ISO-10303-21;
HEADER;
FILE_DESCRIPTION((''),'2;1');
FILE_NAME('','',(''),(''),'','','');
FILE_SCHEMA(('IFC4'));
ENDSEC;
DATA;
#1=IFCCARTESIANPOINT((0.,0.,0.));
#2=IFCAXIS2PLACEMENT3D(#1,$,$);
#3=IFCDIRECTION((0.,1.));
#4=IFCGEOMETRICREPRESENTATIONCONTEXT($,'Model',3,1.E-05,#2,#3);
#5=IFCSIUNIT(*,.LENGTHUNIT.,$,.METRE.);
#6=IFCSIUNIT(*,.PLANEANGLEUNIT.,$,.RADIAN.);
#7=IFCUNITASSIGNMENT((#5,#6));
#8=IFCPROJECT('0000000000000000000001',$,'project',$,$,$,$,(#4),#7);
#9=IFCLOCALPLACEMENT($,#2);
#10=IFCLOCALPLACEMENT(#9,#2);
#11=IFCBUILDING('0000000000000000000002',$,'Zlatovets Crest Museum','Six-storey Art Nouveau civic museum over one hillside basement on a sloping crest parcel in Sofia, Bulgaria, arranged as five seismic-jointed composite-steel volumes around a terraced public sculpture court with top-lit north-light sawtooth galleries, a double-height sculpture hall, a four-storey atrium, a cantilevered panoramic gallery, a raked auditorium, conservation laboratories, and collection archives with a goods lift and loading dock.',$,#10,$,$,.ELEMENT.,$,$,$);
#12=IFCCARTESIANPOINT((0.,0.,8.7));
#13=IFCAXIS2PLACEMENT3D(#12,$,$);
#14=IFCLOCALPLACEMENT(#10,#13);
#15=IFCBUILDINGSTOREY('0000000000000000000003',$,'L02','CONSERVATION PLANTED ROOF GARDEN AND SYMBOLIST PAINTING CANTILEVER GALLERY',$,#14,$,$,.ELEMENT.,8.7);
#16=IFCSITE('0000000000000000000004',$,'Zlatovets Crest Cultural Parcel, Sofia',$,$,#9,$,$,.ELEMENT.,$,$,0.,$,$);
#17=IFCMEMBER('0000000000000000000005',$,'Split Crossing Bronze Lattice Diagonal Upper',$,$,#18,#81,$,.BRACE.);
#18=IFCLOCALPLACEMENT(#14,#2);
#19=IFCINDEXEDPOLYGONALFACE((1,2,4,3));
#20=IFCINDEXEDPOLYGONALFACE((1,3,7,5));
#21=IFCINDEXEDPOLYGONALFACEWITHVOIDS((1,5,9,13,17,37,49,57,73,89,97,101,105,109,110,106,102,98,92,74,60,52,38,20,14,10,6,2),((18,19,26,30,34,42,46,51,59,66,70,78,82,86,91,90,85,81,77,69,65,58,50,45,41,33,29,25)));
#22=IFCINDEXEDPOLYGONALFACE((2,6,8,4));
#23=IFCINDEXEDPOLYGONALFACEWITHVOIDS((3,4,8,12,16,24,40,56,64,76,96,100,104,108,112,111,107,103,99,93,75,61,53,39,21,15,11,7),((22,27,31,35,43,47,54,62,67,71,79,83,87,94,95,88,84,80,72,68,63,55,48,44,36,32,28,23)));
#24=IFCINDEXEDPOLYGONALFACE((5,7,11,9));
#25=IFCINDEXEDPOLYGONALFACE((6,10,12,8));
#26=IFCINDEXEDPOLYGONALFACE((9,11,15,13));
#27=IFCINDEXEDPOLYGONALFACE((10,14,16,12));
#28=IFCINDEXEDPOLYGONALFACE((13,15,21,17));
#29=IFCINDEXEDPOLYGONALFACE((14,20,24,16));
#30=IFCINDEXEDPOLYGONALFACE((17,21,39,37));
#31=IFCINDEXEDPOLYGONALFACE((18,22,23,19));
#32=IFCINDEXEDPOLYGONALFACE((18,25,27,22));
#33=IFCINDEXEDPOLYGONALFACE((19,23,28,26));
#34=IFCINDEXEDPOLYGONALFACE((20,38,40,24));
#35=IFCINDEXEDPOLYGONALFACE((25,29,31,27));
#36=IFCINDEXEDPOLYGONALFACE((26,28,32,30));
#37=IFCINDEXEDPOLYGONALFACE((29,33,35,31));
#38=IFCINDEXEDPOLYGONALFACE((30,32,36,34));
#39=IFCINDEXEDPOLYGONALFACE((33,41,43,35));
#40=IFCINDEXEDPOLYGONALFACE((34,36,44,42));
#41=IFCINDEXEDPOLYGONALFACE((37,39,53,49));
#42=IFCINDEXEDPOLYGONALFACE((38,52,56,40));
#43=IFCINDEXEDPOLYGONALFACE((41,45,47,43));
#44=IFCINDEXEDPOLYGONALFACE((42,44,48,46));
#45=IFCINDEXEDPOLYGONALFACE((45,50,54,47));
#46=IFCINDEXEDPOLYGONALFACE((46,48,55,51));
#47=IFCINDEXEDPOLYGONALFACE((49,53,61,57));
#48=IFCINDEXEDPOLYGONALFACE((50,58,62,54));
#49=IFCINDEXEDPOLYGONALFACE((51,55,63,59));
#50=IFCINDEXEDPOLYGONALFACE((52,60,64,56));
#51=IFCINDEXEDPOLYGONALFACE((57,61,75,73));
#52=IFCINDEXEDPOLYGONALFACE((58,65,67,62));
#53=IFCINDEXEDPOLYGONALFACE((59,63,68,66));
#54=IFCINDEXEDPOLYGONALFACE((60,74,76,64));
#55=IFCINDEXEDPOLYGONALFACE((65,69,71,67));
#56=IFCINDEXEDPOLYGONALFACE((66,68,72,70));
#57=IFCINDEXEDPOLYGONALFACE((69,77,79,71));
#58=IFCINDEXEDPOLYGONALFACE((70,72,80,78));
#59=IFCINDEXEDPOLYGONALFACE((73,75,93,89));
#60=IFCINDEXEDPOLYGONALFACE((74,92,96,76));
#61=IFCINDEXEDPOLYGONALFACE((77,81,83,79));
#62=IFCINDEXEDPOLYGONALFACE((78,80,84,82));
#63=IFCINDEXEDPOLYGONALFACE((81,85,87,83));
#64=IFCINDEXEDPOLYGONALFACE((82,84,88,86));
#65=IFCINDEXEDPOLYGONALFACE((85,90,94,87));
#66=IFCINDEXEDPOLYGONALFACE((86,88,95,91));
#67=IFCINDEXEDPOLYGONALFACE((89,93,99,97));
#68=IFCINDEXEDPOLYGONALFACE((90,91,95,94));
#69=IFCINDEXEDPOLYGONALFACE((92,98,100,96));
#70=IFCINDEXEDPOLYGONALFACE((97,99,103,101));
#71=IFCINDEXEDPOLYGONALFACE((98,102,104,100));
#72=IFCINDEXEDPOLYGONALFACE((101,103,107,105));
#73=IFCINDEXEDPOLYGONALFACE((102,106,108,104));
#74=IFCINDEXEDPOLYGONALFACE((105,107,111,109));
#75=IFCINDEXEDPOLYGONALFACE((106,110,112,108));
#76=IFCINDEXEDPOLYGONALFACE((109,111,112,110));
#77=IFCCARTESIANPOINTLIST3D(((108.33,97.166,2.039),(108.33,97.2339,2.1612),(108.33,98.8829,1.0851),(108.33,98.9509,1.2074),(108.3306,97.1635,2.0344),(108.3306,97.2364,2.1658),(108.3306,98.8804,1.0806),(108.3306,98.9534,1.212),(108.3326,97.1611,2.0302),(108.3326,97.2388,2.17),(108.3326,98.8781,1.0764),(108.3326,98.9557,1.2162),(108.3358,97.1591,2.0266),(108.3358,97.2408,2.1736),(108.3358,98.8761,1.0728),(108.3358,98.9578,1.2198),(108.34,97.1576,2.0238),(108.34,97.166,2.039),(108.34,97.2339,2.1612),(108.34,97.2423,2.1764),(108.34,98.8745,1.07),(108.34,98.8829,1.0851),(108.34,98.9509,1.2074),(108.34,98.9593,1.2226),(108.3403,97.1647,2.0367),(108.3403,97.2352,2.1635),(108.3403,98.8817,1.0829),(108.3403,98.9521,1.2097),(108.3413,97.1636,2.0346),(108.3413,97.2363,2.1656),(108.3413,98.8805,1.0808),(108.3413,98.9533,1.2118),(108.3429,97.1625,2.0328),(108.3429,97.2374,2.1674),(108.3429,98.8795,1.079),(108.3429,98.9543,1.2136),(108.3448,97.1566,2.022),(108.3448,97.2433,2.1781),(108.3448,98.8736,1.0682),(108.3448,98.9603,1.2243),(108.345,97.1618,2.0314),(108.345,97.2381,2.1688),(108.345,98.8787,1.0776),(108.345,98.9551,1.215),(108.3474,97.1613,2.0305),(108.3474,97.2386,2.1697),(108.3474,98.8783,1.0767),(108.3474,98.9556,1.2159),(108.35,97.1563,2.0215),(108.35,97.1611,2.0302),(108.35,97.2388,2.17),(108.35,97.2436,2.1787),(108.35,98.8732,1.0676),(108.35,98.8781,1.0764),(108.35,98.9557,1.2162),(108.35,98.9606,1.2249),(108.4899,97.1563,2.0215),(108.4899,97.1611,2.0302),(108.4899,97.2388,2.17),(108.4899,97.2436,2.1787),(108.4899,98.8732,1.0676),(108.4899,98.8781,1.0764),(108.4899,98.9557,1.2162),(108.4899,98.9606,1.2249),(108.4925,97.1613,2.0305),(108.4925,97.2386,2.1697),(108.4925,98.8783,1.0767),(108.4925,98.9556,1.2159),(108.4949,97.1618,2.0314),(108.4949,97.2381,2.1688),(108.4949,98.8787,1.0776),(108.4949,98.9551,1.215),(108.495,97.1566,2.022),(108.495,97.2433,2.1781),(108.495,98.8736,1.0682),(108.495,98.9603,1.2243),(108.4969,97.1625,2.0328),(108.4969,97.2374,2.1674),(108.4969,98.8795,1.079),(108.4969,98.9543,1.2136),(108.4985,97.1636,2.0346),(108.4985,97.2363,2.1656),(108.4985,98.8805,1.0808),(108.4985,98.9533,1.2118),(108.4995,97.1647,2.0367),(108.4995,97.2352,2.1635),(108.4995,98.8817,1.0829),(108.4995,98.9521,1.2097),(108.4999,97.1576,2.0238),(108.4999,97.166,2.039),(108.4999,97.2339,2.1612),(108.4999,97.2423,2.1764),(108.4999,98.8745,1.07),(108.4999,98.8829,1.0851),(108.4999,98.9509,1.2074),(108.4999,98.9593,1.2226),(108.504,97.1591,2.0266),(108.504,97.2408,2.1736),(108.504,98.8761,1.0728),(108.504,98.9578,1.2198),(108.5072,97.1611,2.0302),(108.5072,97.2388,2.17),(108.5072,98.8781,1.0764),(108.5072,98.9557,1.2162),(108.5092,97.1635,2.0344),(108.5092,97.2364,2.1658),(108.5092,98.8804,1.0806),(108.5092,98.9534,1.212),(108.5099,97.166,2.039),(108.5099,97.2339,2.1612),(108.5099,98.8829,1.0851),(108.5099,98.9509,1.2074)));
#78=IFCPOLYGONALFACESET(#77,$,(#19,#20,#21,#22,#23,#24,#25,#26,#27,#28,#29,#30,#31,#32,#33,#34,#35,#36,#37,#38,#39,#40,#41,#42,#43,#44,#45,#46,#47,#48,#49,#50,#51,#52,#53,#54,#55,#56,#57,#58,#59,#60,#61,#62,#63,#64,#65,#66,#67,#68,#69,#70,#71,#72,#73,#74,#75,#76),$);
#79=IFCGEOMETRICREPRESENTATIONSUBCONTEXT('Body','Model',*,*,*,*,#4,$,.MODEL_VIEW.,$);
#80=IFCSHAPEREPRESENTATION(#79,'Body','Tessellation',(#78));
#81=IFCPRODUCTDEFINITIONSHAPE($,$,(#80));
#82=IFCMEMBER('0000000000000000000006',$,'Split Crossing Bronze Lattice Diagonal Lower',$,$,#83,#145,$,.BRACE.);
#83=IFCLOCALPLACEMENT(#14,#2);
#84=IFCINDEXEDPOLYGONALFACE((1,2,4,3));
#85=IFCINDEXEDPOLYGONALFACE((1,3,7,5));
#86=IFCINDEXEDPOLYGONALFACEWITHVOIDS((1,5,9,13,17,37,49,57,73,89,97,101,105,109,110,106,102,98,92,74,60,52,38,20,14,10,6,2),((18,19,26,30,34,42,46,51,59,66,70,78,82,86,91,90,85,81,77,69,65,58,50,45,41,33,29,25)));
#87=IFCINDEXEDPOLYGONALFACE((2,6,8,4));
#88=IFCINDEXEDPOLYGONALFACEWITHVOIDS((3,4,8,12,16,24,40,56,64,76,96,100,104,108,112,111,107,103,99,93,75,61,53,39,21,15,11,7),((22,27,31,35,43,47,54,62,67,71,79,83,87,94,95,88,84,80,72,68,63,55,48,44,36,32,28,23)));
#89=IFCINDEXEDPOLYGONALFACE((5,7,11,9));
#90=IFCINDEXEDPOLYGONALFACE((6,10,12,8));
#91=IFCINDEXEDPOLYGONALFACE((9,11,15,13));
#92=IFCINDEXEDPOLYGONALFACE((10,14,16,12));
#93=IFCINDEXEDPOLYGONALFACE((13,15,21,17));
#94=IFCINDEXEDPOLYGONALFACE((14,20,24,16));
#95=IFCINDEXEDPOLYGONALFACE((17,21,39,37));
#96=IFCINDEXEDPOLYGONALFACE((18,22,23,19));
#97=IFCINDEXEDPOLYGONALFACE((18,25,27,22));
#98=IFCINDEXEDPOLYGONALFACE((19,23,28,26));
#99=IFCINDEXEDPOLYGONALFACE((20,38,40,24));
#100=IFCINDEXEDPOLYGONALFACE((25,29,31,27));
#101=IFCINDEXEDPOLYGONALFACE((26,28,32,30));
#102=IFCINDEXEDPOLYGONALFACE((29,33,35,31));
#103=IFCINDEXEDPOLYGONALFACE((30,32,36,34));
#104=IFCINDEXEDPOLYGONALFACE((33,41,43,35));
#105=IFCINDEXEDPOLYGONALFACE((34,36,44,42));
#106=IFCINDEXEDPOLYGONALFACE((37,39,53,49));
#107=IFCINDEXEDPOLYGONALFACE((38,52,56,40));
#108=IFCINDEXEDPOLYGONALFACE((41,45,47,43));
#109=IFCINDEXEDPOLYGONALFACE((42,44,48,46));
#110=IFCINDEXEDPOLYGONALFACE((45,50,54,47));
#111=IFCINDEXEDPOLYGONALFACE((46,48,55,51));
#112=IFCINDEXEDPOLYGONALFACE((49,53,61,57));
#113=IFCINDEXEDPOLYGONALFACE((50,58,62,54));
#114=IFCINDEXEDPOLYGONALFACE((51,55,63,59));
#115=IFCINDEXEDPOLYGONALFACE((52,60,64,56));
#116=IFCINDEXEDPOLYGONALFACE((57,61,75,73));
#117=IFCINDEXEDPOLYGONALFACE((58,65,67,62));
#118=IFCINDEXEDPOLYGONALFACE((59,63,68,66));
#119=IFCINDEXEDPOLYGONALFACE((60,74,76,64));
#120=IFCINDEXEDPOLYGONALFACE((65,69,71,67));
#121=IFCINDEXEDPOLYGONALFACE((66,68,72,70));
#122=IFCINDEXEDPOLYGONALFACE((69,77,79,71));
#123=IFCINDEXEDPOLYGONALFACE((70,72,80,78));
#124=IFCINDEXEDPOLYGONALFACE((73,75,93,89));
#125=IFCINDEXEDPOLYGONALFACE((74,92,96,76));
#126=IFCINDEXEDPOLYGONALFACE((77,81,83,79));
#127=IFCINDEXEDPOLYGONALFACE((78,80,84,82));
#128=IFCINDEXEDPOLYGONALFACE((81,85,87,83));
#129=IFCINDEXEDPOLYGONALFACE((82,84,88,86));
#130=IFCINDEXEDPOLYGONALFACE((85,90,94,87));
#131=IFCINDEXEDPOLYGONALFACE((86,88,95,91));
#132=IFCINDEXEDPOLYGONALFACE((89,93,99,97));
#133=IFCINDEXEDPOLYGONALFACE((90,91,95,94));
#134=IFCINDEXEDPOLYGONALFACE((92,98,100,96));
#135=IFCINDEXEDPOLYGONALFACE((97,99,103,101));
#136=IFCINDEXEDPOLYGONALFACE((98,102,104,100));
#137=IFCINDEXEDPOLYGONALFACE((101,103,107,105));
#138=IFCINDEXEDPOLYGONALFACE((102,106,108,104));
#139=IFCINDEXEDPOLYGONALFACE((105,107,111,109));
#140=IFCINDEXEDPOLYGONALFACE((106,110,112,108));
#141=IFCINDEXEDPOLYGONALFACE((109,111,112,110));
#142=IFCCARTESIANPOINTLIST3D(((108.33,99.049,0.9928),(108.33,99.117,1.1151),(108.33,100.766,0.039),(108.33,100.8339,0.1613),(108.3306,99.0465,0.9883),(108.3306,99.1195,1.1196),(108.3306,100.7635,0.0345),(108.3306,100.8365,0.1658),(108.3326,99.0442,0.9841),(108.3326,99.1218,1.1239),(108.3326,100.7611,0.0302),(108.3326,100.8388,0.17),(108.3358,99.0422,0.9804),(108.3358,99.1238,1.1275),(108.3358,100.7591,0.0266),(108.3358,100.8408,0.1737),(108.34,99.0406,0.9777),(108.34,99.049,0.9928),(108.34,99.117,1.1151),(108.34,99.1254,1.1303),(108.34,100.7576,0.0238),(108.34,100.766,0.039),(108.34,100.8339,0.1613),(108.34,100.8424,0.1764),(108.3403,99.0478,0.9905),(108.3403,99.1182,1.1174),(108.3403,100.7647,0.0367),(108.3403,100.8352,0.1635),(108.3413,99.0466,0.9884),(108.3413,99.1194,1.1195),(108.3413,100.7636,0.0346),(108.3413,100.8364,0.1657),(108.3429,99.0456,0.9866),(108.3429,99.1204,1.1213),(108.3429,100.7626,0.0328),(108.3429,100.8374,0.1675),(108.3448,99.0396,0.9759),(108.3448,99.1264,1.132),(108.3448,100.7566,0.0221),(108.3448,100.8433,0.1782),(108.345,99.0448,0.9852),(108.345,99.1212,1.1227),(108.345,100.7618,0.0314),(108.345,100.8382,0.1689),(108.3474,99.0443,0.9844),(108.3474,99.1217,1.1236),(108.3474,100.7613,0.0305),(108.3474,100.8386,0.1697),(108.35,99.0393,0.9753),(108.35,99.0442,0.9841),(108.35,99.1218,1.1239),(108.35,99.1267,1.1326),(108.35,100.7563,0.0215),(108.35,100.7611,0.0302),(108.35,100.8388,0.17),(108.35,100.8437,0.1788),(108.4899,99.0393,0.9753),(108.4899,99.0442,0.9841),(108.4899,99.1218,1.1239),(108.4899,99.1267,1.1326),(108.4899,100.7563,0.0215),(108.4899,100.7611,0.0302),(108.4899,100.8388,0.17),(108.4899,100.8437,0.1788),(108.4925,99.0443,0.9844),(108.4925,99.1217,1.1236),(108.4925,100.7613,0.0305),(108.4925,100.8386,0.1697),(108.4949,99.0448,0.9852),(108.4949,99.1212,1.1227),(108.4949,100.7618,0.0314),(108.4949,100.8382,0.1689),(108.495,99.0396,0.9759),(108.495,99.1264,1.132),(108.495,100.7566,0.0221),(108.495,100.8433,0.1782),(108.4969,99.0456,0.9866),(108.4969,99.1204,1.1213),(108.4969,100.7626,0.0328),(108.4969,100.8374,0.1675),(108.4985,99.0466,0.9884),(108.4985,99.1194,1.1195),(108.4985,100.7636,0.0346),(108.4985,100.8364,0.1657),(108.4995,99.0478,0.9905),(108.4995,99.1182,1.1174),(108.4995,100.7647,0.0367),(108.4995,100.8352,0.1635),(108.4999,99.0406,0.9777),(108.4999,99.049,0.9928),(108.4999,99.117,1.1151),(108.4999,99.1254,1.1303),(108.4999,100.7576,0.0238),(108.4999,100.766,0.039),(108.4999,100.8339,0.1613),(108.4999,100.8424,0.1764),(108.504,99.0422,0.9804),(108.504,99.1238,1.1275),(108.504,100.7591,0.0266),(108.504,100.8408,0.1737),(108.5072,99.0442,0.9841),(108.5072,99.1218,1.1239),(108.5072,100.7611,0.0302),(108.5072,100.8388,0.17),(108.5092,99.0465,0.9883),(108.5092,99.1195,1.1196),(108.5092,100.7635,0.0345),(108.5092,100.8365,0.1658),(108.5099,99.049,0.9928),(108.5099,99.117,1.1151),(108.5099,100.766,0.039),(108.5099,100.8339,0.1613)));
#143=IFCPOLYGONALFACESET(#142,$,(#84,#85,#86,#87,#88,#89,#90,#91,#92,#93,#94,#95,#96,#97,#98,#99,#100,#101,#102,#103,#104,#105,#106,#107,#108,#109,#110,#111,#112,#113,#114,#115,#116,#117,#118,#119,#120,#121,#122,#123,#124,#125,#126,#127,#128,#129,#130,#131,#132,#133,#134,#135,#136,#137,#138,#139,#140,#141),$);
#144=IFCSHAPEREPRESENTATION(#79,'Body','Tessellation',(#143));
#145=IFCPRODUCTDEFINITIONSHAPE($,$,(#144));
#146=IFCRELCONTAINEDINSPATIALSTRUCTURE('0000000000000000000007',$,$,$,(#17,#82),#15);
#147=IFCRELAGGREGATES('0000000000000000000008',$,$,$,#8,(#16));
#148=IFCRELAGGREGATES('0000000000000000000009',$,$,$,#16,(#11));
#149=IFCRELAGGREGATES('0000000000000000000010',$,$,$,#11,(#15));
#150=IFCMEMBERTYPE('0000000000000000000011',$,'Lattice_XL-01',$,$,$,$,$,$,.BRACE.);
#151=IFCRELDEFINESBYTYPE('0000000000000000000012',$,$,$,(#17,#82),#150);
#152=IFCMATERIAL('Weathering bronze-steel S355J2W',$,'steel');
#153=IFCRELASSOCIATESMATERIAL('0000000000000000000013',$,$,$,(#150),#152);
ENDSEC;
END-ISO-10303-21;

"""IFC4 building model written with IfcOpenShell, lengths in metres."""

from ifc_helpers import new_model, si_unit, direction, frame, origin, origin_2d, place, context, subcontext, project, spatial, hollow_rectangle, extrude, material, material_profile, profile_set, type_object, element, save


model = new_model("IFC4")

# Units and contexts
model_context = context("Model", 3, precision=1e-05, world=origin(), true_north=direction((0.0, 1.0)))
body_context = subcontext(model_context, "Body", "Model", "MODEL_VIEW")
ifc_project = project(units=[si_unit("LENGTHUNIT", "METRE"), si_unit("PLANEANGLEUNIT", "RADIAN")], contexts=[model_context])

# Site, building, storey
site_placement = place(None, origin())
site = spatial("IfcSite", under=ifc_project, at=site_placement, Name="Zlatovets Crest Cultural Parcel, Sofia", CompositionType="ELEMENT", RefElevation=0.0)
building_placement = place(site_placement, origin())
building = spatial("IfcBuilding", under=site, at=building_placement, Name="Zlatovets Crest Museum", Description="Six-storey Art Nouveau civic museum over one hillside basement on a sloping crest parcel in Sofia, Bulgaria, arranged as five seismic-jointed composite-steel volumes around a terraced public sculpture court with top-lit north-light sawtooth galleries, a double-height sculpture hall, a four-storey atrium, a cantilevered panoramic gallery, a raked auditorium, conservation laboratories, and collection archives with a goods lift and loading dock.", CompositionType="ELEMENT")
storey_placement = place(building_placement, frame((0.0, 0.0, 8.7)))
storey = spatial("IfcBuildingStorey", under=building, at=storey_placement, Name="L02", Description="CONSERVATION PLANTED ROOF GARDEN AND SYMBOLIST PAINTING CANTILEVER GALLERY", CompositionType="ELEMENT", Elevation=8.7)

# Members
ifc_material_1 = material(Name="Weathering bronze-steel S355J2W", Category="steel")
ifc_material_profile_1 = material_profile(ifc_material_1, hollow_rectangle(XDim=0.1799, YDim=0.1799, WallThickness=0.01, InnerFilletRadius=0.01, OuterFilletRadius=0.02, at=origin_2d()), Name="SHS 180x180x10.0")
ifc_profile_set_1 = profile_set([ifc_material_profile_1], Name="Weathering bronze-steel S355J2W")
member_type_1 = type_object("IfcMemberType", Name="Lattice_XL-01", PredefinedType="BRACE", material=ifc_profile_set_1)
for number, where, z_axis, x_axis, name in (
    (1, (108.4199, 97.2, 2.1001), (0.0, 0.874169, -0.485622), (-1.0, 0.0, 0.0), "Split Crossing Bronze Lattice Diagonal Upper"),
    (2, (108.4199, 99.083, 1.054), (0.0, 0.874169, -0.485622), (-1.0, 0.0, 0.0), "Split Crossing Bronze Lattice Diagonal Lower"),
):
    element("IfcMember", number, at=place(storey_placement, frame(where, z_axis=z_axis, x_axis=x_axis)), inside=storey, type_object=member_type_1, Name=name, PredefinedType="BRACE", context=body_context, shape_type="SweptSolid", body=[
        extrude(hollow_rectangle(XDim=0.1799, YDim=0.1799, WallThickness=0.01, InnerFilletRadius=0.01, OuterFilletRadius=0.02, at=origin_2d()), origin(), (0.0, 0.0, 1.0), 1.9641),
    ])

save(model, "model.ifc")
